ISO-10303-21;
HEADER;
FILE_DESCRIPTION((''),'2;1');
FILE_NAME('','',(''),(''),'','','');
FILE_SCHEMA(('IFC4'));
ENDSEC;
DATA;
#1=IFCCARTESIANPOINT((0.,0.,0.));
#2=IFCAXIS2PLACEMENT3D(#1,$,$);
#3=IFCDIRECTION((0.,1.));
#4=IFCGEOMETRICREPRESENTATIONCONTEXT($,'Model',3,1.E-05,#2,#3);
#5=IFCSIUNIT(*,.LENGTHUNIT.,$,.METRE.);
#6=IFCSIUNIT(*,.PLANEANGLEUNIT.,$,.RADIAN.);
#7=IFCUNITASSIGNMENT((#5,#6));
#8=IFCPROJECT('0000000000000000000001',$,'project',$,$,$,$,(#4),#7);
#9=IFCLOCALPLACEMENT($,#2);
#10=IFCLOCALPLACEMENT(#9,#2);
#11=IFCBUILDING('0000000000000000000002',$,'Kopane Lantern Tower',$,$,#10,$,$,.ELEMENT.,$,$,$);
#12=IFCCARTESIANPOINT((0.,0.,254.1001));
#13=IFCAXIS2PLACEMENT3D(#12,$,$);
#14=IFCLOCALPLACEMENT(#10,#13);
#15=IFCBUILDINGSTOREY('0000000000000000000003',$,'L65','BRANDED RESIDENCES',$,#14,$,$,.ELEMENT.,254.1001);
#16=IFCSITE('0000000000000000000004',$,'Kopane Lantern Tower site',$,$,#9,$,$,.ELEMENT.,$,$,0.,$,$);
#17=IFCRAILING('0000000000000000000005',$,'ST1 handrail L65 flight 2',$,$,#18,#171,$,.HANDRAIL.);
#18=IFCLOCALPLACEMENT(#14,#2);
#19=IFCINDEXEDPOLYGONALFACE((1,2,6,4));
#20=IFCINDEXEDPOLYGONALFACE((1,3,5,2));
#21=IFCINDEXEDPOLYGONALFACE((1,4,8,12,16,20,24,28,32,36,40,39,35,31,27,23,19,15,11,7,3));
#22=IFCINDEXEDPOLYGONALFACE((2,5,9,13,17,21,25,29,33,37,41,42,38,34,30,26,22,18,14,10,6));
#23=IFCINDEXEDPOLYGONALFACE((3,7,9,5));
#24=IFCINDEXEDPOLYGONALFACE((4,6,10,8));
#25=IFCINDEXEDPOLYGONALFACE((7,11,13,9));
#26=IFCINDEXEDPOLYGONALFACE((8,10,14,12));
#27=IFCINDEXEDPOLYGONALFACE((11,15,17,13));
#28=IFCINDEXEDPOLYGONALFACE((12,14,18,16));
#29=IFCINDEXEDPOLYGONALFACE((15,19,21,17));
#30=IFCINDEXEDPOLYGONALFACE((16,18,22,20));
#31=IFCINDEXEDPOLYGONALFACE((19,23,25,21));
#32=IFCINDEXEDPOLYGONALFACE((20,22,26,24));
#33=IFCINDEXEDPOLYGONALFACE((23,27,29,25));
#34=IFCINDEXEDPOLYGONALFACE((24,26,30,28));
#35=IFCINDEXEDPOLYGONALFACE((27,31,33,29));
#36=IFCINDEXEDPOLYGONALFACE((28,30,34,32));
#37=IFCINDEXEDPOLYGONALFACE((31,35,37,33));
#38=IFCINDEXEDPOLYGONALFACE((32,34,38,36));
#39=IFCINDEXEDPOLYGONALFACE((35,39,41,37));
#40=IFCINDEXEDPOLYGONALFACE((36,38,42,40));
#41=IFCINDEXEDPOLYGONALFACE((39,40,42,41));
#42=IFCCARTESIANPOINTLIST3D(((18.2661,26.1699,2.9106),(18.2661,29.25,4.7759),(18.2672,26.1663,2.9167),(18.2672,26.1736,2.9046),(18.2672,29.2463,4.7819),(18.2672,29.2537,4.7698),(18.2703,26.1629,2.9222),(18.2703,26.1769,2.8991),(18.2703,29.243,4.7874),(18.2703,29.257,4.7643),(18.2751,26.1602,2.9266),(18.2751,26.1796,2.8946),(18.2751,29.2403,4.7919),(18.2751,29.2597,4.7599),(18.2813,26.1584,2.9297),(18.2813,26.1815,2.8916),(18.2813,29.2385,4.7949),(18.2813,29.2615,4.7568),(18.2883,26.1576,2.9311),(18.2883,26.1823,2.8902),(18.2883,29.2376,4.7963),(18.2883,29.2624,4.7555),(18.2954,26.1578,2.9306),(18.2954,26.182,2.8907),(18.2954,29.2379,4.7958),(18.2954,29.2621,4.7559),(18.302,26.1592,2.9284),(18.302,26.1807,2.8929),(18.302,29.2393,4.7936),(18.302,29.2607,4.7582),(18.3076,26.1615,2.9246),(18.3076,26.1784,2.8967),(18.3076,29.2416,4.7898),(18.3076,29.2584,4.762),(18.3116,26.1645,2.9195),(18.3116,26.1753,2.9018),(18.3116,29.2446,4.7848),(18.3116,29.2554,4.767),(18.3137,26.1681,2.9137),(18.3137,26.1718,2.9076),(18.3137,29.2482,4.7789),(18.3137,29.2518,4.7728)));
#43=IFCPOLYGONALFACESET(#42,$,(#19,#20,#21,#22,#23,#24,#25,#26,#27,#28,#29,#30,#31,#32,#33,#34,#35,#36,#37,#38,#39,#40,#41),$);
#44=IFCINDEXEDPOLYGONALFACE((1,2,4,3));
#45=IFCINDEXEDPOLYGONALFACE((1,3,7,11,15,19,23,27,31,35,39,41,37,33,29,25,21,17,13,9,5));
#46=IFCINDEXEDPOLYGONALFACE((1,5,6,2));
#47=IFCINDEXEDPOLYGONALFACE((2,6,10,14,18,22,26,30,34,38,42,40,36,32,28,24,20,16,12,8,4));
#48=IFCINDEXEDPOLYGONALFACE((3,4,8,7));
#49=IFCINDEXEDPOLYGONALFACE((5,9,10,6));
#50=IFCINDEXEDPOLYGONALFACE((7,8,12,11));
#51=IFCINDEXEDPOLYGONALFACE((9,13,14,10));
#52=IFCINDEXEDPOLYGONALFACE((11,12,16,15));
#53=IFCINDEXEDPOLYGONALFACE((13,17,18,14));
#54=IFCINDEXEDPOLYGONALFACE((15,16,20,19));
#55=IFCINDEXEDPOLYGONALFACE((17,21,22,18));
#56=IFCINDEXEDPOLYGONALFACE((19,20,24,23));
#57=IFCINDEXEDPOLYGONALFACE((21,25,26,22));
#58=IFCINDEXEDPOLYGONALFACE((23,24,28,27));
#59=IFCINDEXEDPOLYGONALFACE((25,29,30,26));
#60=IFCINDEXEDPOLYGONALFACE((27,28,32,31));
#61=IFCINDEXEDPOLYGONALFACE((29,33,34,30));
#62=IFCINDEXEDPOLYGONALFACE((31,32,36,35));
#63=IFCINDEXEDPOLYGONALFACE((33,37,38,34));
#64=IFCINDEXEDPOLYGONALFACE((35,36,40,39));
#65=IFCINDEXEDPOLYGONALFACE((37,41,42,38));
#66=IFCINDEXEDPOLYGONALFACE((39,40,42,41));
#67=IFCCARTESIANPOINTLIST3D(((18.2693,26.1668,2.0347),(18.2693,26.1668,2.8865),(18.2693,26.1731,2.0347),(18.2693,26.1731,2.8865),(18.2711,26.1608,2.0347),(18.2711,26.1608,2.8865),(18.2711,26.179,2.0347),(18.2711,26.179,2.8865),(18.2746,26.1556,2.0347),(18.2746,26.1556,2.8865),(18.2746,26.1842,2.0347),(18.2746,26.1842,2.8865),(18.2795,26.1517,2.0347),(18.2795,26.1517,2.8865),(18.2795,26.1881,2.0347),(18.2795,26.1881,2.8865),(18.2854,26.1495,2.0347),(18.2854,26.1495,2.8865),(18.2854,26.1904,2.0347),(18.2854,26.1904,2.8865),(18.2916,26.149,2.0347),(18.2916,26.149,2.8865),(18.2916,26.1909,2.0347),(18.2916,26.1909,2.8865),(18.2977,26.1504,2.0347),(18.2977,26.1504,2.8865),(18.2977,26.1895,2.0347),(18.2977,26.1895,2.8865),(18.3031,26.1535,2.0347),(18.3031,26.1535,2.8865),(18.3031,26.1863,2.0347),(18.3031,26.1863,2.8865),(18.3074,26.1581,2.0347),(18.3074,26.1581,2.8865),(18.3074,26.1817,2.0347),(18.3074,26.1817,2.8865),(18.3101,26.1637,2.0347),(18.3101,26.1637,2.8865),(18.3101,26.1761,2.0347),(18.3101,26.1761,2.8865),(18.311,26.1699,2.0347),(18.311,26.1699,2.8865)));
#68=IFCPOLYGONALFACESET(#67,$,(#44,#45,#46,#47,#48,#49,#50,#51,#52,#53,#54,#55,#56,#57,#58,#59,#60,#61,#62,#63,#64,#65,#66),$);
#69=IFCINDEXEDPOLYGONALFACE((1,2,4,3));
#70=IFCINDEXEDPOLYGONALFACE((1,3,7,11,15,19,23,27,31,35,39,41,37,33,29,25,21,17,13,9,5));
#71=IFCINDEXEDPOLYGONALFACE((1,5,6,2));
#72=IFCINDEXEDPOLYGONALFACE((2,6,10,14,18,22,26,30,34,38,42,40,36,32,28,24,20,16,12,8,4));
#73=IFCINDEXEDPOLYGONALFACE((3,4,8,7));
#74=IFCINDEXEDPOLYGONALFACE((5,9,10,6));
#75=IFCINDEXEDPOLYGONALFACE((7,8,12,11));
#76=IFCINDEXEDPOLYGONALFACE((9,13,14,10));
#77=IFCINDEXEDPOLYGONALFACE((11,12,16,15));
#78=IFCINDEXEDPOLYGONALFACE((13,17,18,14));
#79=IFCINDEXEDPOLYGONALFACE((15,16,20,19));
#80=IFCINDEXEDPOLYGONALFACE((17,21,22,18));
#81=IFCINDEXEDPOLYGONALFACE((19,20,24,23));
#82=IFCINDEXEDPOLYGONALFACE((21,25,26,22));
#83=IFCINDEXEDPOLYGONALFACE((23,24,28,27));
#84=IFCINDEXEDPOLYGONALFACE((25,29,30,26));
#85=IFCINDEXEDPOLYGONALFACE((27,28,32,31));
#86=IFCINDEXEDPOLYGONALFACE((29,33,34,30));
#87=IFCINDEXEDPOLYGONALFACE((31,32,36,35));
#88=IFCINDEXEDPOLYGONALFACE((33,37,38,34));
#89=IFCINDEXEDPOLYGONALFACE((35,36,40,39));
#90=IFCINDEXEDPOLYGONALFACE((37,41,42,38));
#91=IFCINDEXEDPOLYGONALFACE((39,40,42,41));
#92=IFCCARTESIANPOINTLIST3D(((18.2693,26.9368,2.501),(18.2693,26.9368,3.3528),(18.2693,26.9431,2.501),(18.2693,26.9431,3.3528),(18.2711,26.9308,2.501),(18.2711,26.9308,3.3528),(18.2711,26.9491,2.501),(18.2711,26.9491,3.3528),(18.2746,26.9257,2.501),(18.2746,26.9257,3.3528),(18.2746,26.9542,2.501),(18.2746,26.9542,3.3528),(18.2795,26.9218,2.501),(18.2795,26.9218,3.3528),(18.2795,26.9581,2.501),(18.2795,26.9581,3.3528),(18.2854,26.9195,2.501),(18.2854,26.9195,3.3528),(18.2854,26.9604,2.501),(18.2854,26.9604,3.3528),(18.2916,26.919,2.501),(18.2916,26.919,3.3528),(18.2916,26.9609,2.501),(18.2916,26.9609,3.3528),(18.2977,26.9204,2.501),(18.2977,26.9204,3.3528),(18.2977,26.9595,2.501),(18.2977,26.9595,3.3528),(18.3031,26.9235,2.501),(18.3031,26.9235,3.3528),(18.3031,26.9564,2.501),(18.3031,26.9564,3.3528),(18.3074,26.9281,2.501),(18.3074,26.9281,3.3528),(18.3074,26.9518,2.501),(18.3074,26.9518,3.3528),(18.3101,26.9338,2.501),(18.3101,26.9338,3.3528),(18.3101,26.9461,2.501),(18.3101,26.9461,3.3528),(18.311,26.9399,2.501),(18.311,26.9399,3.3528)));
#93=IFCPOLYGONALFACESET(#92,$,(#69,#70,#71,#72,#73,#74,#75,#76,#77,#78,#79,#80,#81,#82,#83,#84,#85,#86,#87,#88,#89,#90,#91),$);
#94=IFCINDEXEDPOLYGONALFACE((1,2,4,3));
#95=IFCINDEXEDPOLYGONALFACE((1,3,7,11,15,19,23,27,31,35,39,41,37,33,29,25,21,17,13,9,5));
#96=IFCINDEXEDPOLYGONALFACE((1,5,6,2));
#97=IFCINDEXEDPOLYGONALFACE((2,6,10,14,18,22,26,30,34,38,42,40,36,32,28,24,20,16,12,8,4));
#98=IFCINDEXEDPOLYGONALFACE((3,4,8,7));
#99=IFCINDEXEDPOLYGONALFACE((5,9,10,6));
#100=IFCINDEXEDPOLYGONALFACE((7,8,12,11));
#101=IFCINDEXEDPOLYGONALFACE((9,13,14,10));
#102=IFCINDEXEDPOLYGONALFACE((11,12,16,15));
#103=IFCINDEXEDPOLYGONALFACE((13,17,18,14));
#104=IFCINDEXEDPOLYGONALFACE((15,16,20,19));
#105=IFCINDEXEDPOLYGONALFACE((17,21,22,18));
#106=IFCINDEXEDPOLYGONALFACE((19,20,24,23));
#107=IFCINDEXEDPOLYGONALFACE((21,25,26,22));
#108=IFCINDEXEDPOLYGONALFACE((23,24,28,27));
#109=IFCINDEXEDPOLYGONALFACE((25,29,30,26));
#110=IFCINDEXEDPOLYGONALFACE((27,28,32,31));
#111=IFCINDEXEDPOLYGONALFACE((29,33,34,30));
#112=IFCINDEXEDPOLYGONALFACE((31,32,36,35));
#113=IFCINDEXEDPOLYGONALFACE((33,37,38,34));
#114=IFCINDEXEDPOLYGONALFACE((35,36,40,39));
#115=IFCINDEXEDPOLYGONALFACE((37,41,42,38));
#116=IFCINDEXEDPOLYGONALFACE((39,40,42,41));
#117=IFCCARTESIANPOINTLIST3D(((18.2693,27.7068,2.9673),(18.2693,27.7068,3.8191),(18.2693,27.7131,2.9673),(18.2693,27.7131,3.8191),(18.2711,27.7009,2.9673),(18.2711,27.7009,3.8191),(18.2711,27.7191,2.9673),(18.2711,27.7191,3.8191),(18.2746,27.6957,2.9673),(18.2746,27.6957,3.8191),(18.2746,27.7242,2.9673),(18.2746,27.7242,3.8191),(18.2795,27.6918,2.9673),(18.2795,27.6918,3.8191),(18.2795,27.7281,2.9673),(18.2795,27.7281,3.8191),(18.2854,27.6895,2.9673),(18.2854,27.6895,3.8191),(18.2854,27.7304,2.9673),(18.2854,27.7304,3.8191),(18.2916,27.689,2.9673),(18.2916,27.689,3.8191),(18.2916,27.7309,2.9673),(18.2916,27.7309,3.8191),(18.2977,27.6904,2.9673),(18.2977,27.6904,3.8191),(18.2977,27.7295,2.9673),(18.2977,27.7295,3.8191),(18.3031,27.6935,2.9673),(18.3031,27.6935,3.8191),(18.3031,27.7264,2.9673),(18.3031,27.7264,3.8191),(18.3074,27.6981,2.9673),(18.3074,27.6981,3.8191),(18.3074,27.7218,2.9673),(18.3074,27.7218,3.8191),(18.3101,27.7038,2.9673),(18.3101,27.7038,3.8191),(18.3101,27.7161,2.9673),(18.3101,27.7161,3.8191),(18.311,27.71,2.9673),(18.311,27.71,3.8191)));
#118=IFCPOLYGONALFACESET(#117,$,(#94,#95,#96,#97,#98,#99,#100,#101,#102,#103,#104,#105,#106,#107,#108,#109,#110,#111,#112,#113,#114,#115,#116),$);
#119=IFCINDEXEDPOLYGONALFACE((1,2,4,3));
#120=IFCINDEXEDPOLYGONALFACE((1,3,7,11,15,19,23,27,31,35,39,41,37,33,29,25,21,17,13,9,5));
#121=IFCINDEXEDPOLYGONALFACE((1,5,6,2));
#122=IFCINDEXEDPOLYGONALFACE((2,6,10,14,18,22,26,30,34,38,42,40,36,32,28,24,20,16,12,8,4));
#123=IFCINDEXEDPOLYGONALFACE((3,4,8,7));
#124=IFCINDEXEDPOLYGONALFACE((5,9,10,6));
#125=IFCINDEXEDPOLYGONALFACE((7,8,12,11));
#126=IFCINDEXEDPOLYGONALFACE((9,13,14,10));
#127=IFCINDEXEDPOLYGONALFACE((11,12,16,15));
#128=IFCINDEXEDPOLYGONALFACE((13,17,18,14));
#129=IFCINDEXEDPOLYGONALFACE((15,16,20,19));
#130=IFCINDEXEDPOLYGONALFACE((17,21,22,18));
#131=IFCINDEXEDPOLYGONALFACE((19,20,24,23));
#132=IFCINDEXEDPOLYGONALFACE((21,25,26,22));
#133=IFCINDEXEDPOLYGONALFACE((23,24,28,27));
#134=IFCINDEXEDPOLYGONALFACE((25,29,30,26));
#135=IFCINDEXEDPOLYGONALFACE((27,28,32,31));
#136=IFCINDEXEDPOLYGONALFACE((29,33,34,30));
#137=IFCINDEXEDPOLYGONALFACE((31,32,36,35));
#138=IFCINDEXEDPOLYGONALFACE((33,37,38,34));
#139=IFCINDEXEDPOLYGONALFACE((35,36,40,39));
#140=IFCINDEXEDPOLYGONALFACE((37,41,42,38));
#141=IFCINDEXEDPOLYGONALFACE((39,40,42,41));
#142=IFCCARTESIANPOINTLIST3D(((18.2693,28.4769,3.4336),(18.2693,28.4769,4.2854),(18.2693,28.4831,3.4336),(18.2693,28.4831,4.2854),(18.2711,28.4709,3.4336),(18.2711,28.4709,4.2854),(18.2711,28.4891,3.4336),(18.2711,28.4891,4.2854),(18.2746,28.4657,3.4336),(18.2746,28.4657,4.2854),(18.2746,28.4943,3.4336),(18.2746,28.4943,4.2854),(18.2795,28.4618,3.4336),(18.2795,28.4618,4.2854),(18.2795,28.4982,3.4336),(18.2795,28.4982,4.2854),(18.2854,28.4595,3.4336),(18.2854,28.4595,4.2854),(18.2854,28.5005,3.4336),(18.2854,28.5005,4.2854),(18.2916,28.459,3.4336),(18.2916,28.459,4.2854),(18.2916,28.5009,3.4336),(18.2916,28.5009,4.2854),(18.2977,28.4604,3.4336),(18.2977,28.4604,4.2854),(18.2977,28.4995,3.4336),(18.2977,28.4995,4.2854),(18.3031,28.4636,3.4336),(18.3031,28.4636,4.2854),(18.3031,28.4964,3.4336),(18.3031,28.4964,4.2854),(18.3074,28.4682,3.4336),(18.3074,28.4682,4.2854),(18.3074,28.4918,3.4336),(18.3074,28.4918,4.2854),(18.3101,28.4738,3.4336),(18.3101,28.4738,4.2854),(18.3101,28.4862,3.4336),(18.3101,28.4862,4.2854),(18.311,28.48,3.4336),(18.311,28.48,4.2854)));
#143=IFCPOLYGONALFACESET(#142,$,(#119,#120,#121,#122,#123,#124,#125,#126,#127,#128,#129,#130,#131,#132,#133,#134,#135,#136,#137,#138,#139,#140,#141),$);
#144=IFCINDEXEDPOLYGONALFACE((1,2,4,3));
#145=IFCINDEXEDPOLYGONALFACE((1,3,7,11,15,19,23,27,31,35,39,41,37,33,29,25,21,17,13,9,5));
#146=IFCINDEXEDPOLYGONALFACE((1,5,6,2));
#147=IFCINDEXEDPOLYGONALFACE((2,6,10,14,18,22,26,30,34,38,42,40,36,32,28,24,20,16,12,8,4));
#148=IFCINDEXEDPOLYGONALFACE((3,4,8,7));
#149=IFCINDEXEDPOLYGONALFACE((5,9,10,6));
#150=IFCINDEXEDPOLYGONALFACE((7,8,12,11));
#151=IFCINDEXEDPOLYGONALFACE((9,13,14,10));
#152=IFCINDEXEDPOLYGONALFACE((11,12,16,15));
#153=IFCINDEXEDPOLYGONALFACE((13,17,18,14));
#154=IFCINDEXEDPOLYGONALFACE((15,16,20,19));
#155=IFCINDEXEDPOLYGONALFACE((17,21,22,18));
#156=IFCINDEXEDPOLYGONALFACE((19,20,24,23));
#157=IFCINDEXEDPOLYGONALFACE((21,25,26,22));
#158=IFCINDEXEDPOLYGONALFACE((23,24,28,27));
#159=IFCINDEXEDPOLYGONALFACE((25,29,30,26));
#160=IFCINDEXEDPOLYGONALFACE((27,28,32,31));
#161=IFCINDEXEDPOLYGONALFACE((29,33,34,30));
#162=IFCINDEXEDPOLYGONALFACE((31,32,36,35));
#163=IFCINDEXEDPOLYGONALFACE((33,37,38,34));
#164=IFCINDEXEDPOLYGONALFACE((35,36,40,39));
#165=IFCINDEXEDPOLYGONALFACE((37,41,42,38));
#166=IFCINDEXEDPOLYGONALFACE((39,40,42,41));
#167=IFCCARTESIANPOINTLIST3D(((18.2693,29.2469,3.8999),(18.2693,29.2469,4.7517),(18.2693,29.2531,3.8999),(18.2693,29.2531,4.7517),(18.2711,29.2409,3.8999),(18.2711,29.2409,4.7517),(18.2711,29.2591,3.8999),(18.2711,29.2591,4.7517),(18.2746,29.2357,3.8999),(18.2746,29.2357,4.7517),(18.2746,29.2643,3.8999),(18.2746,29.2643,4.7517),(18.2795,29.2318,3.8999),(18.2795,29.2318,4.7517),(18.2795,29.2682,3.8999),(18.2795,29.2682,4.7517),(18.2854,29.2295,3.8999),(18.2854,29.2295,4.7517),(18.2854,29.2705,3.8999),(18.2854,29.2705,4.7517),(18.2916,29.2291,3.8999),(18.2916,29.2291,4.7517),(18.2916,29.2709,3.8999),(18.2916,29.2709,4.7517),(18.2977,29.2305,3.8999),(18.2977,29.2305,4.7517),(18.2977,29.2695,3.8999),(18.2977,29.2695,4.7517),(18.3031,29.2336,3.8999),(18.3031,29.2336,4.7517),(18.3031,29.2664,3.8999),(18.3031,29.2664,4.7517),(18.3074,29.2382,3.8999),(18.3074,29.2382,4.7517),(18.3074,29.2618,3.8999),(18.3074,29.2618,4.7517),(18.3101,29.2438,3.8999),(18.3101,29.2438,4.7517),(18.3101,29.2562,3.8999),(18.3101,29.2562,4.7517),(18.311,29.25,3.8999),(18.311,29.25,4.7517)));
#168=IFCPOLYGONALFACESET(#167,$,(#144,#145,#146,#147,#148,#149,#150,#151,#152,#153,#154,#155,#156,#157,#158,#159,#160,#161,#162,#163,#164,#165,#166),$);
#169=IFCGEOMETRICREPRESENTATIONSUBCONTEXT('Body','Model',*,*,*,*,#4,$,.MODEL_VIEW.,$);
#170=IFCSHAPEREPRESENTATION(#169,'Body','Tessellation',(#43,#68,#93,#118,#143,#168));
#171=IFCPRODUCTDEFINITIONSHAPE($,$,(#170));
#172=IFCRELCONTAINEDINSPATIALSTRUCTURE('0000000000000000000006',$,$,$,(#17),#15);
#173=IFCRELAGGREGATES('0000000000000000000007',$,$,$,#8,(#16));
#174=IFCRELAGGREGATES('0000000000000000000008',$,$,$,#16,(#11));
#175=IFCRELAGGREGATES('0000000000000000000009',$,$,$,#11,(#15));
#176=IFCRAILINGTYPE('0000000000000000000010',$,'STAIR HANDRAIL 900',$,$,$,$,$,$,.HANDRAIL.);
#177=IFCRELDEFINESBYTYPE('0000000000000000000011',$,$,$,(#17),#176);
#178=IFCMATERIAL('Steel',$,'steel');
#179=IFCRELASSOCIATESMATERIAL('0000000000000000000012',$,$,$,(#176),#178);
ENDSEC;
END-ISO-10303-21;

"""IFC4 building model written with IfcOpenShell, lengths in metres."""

from ifc_helpers import new_model, si_unit, direction, frame, origin, origin_2d, place, context, subcontext, project, spatial, circle, extrude, material, type_object, element, save


model = new_model("IFC4")

# Units and contexts
model_context = context("Model", 3, precision=1e-05, world=origin(), true_north=direction((0.0, 1.0)))
body_context = subcontext(model_context, "Body", "Model", "MODEL_VIEW")
ifc_project = project(units=[si_unit("LENGTHUNIT", "METRE"), si_unit("PLANEANGLEUNIT", "RADIAN")], contexts=[model_context])

# Site, building, storey
site_placement = place(None, origin())
site = spatial("IfcSite", under=ifc_project, at=site_placement, Name="Kopane Lantern Tower site", CompositionType="ELEMENT", RefElevation=0.0)
building_placement = place(site_placement, origin())
building = spatial("IfcBuilding", under=site, at=building_placement, Name="Kopane Lantern Tower", CompositionType="ELEMENT")
storey_placement = place(building_placement, frame((0.0, 0.0, 254.1001)))
storey = spatial("IfcBuildingStorey", under=building, at=storey_placement, Name="L65", Description="BRANDED RESIDENCES", CompositionType="ELEMENT", Elevation=254.1001)

# Railing
ifc_material_1 = material(Name="Steel", Category="steel")
railing_type_1 = type_object("IfcRailingType", Name="STAIR HANDRAIL 900", PredefinedType="HANDRAIL", material=ifc_material_1)
for number, where, name in (
    (1, (18.29, 26.1699, 2.0347), "ST1 handrail L65 flight 2"),
):
    element("IfcRailing", number, at=place(storey_placement, frame(where)), inside=storey, type_object=railing_type_1, Name=name, PredefinedType="HANDRAIL", context=body_context, shape_type="SweptSolid", body=[
        extrude(circle(Radius=0.0239, at=origin_2d()), frame((0.0, 0.0, 0.876), z_axis=(0.0, 0.85538, 0.518001), x_axis=(-1.0, 0.0, 0.0)), (0.0, 0.0, 1.0), 3.6008),
        extrude(circle(Radius=0.021, at=origin_2d()), origin(), (0.0, 0.0, 1.0), 0.8518),
        extrude(circle(Radius=0.021, at=origin_2d()), frame((0.0, 0.77, 0.4663)), (0.0, 0.0, 1.0), 0.8518),
        extrude(circle(Radius=0.021, at=origin_2d()), frame((0.0, 1.54, 0.9326)), (0.0, 0.0, 1.0), 0.8518),
        extrude(circle(Radius=0.021, at=origin_2d()), frame((0.0, 2.3101, 1.3989)), (0.0, 0.0, 1.0), 0.8518),
        extrude(circle(Radius=0.021, at=origin_2d()), frame((0.0, 3.0801, 1.8652)), (0.0, 0.0, 1.0), 0.8518),
    ])

save(model, "model.ifc")
